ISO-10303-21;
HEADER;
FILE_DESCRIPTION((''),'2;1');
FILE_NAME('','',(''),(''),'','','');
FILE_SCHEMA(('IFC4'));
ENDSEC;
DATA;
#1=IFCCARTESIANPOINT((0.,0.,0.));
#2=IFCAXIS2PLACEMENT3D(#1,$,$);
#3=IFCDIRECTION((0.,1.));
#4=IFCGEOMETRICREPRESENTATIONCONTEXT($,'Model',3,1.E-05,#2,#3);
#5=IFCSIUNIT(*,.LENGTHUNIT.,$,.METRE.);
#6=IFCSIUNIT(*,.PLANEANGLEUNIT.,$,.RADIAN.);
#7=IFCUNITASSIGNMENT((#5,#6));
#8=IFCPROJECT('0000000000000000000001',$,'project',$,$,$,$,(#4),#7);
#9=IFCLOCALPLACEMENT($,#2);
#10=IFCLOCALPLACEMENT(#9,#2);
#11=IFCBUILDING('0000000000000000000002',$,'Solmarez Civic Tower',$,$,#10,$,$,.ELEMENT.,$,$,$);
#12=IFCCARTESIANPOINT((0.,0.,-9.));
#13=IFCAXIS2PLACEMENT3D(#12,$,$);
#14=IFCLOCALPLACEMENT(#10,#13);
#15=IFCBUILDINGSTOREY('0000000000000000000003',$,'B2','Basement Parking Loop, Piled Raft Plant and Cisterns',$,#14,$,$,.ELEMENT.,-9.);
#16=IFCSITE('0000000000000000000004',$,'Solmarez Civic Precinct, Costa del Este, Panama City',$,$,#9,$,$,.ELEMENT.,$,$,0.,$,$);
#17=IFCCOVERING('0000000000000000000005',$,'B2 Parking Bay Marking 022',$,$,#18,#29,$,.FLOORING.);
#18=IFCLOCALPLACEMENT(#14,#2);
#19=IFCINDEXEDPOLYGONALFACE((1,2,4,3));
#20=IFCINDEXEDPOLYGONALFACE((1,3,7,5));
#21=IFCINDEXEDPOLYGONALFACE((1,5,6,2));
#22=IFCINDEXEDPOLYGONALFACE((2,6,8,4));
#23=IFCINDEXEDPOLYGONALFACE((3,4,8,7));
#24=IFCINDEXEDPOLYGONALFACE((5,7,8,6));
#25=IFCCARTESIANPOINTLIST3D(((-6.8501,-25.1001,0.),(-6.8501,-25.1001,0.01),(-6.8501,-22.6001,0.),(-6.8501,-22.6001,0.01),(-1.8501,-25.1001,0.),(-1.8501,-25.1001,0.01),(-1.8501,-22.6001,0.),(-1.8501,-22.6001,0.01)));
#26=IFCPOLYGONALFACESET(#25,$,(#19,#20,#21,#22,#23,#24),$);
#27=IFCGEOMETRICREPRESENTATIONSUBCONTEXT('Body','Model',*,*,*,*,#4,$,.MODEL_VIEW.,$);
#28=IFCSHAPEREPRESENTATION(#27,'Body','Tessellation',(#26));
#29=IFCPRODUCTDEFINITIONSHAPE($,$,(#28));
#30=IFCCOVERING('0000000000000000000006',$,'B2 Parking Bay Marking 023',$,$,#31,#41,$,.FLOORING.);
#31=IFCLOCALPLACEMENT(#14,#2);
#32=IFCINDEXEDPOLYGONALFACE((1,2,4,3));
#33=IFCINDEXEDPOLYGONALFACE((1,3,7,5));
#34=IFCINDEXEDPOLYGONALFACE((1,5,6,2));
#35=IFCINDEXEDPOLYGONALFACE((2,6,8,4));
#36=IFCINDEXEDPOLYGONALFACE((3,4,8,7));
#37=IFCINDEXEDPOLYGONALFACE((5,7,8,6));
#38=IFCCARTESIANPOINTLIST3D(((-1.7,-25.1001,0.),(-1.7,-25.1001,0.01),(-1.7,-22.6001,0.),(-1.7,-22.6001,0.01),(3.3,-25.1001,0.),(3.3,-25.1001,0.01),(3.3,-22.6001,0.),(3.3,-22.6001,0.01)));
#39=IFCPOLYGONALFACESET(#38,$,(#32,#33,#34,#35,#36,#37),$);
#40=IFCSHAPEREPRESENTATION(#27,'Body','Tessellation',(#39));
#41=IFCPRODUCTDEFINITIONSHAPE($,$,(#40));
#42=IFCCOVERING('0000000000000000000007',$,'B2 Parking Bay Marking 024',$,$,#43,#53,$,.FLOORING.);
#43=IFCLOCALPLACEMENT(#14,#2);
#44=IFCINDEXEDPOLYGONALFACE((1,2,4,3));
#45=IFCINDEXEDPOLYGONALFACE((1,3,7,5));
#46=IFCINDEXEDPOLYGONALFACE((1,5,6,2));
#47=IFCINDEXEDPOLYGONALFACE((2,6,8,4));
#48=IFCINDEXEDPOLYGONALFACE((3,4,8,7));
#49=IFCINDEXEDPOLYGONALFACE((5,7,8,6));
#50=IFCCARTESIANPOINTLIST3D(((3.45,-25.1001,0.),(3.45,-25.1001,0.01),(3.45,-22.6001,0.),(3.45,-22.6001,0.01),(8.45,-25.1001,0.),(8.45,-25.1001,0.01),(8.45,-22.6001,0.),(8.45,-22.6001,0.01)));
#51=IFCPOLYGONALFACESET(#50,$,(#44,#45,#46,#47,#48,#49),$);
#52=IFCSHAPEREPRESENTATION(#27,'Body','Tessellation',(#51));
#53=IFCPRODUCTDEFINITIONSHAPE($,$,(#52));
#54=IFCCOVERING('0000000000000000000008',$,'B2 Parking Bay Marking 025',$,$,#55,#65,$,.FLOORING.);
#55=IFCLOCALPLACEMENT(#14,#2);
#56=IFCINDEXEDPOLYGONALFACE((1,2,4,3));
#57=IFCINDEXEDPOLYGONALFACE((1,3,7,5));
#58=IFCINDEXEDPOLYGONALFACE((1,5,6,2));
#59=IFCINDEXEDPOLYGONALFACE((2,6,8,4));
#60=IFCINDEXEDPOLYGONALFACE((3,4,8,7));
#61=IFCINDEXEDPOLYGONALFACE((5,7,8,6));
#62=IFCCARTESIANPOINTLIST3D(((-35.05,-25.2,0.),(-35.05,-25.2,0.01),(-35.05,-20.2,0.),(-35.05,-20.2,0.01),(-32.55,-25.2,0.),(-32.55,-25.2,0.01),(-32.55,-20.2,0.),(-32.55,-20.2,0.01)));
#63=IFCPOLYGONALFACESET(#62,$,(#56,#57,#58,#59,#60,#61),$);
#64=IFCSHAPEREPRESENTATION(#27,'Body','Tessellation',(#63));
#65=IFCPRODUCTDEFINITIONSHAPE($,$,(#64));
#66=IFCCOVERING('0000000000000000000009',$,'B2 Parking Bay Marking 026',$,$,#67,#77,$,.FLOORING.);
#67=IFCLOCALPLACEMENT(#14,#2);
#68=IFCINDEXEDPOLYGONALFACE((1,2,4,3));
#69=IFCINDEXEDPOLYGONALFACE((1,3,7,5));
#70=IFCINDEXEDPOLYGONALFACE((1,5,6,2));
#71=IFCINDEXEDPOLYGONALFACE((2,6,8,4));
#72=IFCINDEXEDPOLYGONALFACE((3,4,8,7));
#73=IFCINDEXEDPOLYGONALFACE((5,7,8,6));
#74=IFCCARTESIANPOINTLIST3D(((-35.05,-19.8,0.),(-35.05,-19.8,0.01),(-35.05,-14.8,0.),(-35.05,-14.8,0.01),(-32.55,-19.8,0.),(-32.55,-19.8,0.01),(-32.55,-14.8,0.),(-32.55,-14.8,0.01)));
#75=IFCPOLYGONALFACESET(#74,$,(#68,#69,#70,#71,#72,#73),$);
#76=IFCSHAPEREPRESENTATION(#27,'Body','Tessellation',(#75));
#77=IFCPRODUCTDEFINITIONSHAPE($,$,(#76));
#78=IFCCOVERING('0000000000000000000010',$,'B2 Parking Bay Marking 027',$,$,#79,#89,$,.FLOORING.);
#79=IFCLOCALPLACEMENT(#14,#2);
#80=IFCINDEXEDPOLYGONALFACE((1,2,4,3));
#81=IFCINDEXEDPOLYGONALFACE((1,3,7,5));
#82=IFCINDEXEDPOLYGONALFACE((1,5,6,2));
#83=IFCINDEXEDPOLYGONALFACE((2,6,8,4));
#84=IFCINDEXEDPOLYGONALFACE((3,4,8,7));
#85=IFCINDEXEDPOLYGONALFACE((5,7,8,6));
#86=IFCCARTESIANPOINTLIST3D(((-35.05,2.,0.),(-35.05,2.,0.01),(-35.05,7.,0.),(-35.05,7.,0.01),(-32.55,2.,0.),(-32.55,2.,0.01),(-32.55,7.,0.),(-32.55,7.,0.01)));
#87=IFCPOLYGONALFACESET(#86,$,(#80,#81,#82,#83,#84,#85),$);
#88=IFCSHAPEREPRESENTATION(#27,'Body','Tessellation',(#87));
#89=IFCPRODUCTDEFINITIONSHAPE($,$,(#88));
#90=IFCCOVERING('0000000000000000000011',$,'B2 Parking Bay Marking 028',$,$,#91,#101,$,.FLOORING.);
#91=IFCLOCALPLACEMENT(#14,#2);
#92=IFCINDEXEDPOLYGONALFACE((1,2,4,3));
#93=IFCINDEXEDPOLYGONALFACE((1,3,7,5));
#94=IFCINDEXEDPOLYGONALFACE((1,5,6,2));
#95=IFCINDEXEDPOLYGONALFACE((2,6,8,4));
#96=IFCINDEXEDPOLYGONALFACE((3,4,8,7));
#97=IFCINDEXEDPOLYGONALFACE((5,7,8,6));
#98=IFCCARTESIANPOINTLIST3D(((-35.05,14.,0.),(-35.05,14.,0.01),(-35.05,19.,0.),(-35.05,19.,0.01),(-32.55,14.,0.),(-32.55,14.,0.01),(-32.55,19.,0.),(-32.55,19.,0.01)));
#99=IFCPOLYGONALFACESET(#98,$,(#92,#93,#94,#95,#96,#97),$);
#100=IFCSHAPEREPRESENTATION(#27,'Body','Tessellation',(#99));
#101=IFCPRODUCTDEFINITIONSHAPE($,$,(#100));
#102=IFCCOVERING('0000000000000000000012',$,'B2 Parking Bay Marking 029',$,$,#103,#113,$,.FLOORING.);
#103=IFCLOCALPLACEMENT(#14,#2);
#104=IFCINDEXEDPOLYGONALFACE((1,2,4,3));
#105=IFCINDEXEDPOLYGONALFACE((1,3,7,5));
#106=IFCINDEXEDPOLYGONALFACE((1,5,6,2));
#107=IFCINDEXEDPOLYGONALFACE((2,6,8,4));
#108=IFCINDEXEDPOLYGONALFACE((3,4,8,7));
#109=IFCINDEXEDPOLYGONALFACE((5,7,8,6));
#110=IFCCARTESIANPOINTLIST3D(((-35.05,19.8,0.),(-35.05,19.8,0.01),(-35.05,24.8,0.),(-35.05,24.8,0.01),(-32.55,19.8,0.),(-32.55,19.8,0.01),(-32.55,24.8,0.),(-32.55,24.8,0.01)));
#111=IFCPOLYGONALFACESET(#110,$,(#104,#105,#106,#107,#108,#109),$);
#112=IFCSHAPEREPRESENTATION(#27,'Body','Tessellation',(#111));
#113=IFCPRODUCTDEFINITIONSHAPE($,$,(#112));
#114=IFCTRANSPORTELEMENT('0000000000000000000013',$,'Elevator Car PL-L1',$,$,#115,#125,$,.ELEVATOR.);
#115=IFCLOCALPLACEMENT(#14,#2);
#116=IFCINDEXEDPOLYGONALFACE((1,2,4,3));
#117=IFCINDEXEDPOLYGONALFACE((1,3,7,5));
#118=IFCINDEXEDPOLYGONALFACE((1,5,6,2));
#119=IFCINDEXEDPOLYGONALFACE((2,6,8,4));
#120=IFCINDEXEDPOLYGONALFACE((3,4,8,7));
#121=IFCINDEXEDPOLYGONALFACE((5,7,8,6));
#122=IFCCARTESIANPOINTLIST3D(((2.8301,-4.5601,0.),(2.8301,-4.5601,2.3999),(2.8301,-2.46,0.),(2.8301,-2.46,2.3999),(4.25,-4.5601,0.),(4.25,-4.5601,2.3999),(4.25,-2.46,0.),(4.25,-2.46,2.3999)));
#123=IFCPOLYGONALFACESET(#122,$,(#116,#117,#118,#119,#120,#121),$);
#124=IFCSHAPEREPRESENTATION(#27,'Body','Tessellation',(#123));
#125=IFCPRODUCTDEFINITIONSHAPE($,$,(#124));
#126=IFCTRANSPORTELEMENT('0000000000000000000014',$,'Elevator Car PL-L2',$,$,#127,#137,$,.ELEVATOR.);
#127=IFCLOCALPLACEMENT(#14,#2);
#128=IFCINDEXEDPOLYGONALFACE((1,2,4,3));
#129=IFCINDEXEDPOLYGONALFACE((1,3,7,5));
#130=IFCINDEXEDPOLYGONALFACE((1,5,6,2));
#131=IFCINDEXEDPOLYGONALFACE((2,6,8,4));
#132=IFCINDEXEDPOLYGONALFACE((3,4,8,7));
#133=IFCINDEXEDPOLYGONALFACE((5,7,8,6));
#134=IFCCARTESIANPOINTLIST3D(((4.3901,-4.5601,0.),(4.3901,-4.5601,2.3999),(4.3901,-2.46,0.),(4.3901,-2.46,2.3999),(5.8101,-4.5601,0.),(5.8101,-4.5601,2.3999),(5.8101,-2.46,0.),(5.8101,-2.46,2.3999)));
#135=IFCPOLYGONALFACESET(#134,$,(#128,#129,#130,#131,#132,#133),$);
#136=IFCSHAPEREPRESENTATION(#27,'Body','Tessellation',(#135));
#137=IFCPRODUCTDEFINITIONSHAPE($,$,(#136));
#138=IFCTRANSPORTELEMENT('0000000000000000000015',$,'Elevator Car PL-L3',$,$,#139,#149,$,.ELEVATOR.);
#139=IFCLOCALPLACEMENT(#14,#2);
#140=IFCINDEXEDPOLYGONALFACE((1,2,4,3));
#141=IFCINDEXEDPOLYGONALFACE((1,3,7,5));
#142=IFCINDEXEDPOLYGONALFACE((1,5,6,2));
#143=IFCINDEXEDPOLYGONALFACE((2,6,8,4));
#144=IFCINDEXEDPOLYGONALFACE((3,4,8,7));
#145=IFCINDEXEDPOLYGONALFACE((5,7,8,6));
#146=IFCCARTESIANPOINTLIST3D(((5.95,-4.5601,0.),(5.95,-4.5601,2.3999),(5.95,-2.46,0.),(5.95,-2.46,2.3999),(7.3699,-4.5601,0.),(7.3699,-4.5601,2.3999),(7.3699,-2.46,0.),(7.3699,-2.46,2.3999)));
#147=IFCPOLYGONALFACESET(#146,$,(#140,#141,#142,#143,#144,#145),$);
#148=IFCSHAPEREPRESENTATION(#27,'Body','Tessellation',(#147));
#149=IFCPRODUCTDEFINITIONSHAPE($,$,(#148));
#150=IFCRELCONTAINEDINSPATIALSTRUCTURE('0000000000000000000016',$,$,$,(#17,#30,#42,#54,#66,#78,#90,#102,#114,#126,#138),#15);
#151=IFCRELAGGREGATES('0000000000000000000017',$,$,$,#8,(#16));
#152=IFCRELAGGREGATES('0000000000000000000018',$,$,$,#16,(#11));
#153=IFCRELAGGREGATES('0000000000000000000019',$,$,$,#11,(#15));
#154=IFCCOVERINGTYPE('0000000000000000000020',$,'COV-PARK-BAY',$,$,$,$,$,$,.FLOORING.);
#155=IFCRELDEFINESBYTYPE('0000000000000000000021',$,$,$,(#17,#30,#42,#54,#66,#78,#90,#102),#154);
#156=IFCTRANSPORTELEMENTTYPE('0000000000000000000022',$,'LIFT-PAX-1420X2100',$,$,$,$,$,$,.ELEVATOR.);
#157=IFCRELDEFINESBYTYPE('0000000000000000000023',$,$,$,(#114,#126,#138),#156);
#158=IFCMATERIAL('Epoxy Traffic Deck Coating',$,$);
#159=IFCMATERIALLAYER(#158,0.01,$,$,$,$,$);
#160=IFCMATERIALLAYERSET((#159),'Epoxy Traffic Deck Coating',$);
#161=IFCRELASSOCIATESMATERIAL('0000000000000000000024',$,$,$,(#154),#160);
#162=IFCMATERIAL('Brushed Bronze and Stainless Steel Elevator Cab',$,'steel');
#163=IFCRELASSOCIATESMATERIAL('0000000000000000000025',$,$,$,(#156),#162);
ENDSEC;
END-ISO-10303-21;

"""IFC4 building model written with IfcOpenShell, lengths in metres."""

from ifc_helpers import new_model, si_unit, direction, frame, origin, origin_2d, place, context, subcontext, project, spatial, polyline, rectangle, outline, extrude, material, layer, layer_set, type_object, element, save


model = new_model("IFC4")

# Units and contexts
model_context = context("Model", 3, precision=1e-05, world=origin(), true_north=direction((0.0, 1.0)))
body_context = subcontext(model_context, "Body", "Model", "MODEL_VIEW")
ifc_project = project(units=[si_unit("LENGTHUNIT", "METRE"), si_unit("PLANEANGLEUNIT", "RADIAN")], contexts=[model_context])

# Site, building, storey
site_placement = place(None, origin())
site = spatial("IfcSite", under=ifc_project, at=site_placement, Name="Solmarez Civic Precinct, Costa del Este, Panama City", CompositionType="ELEMENT", RefElevation=0.0)
building_placement = place(site_placement, origin())
building = spatial("IfcBuilding", under=site, at=building_placement, Name="Solmarez Civic Tower", CompositionType="ELEMENT")
storey_placement = place(building_placement, frame((0.0, 0.0, -9.0)))
storey = spatial("IfcBuildingStorey", under=building, at=storey_placement, Name="B2", Description="Basement Parking Loop, Piled Raft Plant and Cisterns", CompositionType="ELEMENT", Elevation=-9.0)

# Coverings
ifc_material_1 = material(Name="Epoxy Traffic Deck Coating")
ifc_layer_1 = layer(ifc_material_1, 0.01)
ifc_layer_set_1 = layer_set([ifc_layer_1], Name="Epoxy Traffic Deck Coating")
covering_type = type_object("IfcCoveringType", Name="COV-PARK-BAY", PredefinedType="FLOORING", material=ifc_layer_set_1)
covering_1_placement = place(storey_placement, origin())
element("IfcCovering", 1, at=covering_1_placement, inside=storey, type_object=covering_type, Name="B2 Parking Bay Marking 022", PredefinedType="FLOORING", context=body_context, shape_type="SweptSolid", body=[
    extrude(outline(polyline([(-6.8501, -25.1001), (-1.8501, -25.1001), (-1.8501, -22.6001), (-6.8501, -22.6001), (-6.8501, -25.1001)])), origin(), (0.0, 0.0, 1.0), 0.01),
])
covering_2_placement = place(storey_placement, origin())
element("IfcCovering", 2, at=covering_2_placement, inside=storey, type_object=covering_type, Name="B2 Parking Bay Marking 023", PredefinedType="FLOORING", context=body_context, shape_type="SweptSolid", body=[
    extrude(outline(polyline([(-1.7, -25.1001), (3.3, -25.1001), (3.3, -22.6001), (-1.7, -22.6001), (-1.7, -25.1001)])), origin(), (0.0, 0.0, 1.0), 0.01),
])
covering_3_placement = place(storey_placement, origin())
element("IfcCovering", 3, at=covering_3_placement, inside=storey, type_object=covering_type, Name="B2 Parking Bay Marking 024", PredefinedType="FLOORING", context=body_context, shape_type="SweptSolid", body=[
    extrude(outline(polyline([(3.45, -25.1001), (8.45, -25.1001), (8.45, -22.6001), (3.45, -22.6001), (3.45, -25.1001)])), origin(), (0.0, 0.0, 1.0), 0.01),
])
covering_4_placement = place(storey_placement, origin())
element("IfcCovering", 4, at=covering_4_placement, inside=storey, type_object=covering_type, Name="B2 Parking Bay Marking 025", PredefinedType="FLOORING", context=body_context, shape_type="SweptSolid", body=[
    extrude(outline(polyline([(-35.05, -25.2), (-32.55, -25.2), (-32.55, -20.2), (-35.05, -20.2), (-35.05, -25.2)])), origin(), (0.0, 0.0, 1.0), 0.01),
])
covering_5_placement = place(storey_placement, origin())
element("IfcCovering", 5, at=covering_5_placement, inside=storey, type_object=covering_type, Name="B2 Parking Bay Marking 026", PredefinedType="FLOORING", context=body_context, shape_type="SweptSolid", body=[
    extrude(outline(polyline([(-35.05, -19.8), (-32.55, -19.8), (-32.55, -14.8), (-35.05, -14.8), (-35.05, -19.8)])), origin(), (0.0, 0.0, 1.0), 0.01),
])
covering_6_placement = place(storey_placement, origin())
element("IfcCovering", 6, at=covering_6_placement, inside=storey, type_object=covering_type, Name="B2 Parking Bay Marking 027", PredefinedType="FLOORING", context=body_context, shape_type="SweptSolid", body=[
    extrude(outline(polyline([(-35.05, 2.0), (-32.55, 2.0), (-32.55, 7.0), (-35.05, 7.0), (-35.05, 2.0)])), origin(), (0.0, 0.0, 1.0), 0.01),
])
covering_7_placement = place(storey_placement, origin())
element("IfcCovering", 7, at=covering_7_placement, inside=storey, type_object=covering_type, Name="B2 Parking Bay Marking 028", PredefinedType="FLOORING", context=body_context, shape_type="SweptSolid", body=[
    extrude(outline(polyline([(-35.05, 14.0), (-32.55, 14.0), (-32.55, 19.0), (-35.05, 19.0), (-35.05, 14.0)])), origin(), (0.0, 0.0, 1.0), 0.01),
])
covering_8_placement = place(storey_placement, origin())
element("IfcCovering", 8, at=covering_8_placement, inside=storey, type_object=covering_type, Name="B2 Parking Bay Marking 029", PredefinedType="FLOORING", context=body_context, shape_type="SweptSolid", body=[
    extrude(outline(polyline([(-35.05, 19.8), (-32.55, 19.8), (-32.55, 24.8), (-35.05, 24.8), (-35.05, 19.8)])), origin(), (0.0, 0.0, 1.0), 0.01),
])

# Transport elements
ifc_material_2 = material(Name="Brushed Bronze and Stainless Steel Elevator Cab", Category="steel")
transport_element_type = type_object("IfcTransportElementType", Name="LIFT-PAX-1420X2100", PredefinedType="ELEVATOR", material=ifc_material_2)
for number, where, z_axis, x_axis, name in (
    (9, (3.54, -3.51, 0.0), (0.0, 0.0, 1.0), (1.0, 0.0, 0.0), "Elevator Car PL-L1"),
    (10, (5.1001, -3.51, 0.0), (0.0, 0.0, 1.0), (1.0, 0.0, 0.0), "Elevator Car PL-L2"),
    (11, (6.6599, -3.51, 0.0), (0.0, 0.0, 1.0), (1.0, 0.0, 0.0), "Elevator Car PL-L3"),
):
    element("IfcTransportElement", number, at=place(storey_placement, frame(where, z_axis=z_axis, x_axis=x_axis)), inside=storey, type_object=transport_element_type, Name=name, PredefinedType="ELEVATOR", context=body_context, shape_type="SweptSolid", body=[
        extrude(rectangle(XDim=1.4199, YDim=2.1001, at=origin_2d()), origin(), (0.0, 0.0, 1.0), 2.3999),
    ])

save(model, "model.ifc")
